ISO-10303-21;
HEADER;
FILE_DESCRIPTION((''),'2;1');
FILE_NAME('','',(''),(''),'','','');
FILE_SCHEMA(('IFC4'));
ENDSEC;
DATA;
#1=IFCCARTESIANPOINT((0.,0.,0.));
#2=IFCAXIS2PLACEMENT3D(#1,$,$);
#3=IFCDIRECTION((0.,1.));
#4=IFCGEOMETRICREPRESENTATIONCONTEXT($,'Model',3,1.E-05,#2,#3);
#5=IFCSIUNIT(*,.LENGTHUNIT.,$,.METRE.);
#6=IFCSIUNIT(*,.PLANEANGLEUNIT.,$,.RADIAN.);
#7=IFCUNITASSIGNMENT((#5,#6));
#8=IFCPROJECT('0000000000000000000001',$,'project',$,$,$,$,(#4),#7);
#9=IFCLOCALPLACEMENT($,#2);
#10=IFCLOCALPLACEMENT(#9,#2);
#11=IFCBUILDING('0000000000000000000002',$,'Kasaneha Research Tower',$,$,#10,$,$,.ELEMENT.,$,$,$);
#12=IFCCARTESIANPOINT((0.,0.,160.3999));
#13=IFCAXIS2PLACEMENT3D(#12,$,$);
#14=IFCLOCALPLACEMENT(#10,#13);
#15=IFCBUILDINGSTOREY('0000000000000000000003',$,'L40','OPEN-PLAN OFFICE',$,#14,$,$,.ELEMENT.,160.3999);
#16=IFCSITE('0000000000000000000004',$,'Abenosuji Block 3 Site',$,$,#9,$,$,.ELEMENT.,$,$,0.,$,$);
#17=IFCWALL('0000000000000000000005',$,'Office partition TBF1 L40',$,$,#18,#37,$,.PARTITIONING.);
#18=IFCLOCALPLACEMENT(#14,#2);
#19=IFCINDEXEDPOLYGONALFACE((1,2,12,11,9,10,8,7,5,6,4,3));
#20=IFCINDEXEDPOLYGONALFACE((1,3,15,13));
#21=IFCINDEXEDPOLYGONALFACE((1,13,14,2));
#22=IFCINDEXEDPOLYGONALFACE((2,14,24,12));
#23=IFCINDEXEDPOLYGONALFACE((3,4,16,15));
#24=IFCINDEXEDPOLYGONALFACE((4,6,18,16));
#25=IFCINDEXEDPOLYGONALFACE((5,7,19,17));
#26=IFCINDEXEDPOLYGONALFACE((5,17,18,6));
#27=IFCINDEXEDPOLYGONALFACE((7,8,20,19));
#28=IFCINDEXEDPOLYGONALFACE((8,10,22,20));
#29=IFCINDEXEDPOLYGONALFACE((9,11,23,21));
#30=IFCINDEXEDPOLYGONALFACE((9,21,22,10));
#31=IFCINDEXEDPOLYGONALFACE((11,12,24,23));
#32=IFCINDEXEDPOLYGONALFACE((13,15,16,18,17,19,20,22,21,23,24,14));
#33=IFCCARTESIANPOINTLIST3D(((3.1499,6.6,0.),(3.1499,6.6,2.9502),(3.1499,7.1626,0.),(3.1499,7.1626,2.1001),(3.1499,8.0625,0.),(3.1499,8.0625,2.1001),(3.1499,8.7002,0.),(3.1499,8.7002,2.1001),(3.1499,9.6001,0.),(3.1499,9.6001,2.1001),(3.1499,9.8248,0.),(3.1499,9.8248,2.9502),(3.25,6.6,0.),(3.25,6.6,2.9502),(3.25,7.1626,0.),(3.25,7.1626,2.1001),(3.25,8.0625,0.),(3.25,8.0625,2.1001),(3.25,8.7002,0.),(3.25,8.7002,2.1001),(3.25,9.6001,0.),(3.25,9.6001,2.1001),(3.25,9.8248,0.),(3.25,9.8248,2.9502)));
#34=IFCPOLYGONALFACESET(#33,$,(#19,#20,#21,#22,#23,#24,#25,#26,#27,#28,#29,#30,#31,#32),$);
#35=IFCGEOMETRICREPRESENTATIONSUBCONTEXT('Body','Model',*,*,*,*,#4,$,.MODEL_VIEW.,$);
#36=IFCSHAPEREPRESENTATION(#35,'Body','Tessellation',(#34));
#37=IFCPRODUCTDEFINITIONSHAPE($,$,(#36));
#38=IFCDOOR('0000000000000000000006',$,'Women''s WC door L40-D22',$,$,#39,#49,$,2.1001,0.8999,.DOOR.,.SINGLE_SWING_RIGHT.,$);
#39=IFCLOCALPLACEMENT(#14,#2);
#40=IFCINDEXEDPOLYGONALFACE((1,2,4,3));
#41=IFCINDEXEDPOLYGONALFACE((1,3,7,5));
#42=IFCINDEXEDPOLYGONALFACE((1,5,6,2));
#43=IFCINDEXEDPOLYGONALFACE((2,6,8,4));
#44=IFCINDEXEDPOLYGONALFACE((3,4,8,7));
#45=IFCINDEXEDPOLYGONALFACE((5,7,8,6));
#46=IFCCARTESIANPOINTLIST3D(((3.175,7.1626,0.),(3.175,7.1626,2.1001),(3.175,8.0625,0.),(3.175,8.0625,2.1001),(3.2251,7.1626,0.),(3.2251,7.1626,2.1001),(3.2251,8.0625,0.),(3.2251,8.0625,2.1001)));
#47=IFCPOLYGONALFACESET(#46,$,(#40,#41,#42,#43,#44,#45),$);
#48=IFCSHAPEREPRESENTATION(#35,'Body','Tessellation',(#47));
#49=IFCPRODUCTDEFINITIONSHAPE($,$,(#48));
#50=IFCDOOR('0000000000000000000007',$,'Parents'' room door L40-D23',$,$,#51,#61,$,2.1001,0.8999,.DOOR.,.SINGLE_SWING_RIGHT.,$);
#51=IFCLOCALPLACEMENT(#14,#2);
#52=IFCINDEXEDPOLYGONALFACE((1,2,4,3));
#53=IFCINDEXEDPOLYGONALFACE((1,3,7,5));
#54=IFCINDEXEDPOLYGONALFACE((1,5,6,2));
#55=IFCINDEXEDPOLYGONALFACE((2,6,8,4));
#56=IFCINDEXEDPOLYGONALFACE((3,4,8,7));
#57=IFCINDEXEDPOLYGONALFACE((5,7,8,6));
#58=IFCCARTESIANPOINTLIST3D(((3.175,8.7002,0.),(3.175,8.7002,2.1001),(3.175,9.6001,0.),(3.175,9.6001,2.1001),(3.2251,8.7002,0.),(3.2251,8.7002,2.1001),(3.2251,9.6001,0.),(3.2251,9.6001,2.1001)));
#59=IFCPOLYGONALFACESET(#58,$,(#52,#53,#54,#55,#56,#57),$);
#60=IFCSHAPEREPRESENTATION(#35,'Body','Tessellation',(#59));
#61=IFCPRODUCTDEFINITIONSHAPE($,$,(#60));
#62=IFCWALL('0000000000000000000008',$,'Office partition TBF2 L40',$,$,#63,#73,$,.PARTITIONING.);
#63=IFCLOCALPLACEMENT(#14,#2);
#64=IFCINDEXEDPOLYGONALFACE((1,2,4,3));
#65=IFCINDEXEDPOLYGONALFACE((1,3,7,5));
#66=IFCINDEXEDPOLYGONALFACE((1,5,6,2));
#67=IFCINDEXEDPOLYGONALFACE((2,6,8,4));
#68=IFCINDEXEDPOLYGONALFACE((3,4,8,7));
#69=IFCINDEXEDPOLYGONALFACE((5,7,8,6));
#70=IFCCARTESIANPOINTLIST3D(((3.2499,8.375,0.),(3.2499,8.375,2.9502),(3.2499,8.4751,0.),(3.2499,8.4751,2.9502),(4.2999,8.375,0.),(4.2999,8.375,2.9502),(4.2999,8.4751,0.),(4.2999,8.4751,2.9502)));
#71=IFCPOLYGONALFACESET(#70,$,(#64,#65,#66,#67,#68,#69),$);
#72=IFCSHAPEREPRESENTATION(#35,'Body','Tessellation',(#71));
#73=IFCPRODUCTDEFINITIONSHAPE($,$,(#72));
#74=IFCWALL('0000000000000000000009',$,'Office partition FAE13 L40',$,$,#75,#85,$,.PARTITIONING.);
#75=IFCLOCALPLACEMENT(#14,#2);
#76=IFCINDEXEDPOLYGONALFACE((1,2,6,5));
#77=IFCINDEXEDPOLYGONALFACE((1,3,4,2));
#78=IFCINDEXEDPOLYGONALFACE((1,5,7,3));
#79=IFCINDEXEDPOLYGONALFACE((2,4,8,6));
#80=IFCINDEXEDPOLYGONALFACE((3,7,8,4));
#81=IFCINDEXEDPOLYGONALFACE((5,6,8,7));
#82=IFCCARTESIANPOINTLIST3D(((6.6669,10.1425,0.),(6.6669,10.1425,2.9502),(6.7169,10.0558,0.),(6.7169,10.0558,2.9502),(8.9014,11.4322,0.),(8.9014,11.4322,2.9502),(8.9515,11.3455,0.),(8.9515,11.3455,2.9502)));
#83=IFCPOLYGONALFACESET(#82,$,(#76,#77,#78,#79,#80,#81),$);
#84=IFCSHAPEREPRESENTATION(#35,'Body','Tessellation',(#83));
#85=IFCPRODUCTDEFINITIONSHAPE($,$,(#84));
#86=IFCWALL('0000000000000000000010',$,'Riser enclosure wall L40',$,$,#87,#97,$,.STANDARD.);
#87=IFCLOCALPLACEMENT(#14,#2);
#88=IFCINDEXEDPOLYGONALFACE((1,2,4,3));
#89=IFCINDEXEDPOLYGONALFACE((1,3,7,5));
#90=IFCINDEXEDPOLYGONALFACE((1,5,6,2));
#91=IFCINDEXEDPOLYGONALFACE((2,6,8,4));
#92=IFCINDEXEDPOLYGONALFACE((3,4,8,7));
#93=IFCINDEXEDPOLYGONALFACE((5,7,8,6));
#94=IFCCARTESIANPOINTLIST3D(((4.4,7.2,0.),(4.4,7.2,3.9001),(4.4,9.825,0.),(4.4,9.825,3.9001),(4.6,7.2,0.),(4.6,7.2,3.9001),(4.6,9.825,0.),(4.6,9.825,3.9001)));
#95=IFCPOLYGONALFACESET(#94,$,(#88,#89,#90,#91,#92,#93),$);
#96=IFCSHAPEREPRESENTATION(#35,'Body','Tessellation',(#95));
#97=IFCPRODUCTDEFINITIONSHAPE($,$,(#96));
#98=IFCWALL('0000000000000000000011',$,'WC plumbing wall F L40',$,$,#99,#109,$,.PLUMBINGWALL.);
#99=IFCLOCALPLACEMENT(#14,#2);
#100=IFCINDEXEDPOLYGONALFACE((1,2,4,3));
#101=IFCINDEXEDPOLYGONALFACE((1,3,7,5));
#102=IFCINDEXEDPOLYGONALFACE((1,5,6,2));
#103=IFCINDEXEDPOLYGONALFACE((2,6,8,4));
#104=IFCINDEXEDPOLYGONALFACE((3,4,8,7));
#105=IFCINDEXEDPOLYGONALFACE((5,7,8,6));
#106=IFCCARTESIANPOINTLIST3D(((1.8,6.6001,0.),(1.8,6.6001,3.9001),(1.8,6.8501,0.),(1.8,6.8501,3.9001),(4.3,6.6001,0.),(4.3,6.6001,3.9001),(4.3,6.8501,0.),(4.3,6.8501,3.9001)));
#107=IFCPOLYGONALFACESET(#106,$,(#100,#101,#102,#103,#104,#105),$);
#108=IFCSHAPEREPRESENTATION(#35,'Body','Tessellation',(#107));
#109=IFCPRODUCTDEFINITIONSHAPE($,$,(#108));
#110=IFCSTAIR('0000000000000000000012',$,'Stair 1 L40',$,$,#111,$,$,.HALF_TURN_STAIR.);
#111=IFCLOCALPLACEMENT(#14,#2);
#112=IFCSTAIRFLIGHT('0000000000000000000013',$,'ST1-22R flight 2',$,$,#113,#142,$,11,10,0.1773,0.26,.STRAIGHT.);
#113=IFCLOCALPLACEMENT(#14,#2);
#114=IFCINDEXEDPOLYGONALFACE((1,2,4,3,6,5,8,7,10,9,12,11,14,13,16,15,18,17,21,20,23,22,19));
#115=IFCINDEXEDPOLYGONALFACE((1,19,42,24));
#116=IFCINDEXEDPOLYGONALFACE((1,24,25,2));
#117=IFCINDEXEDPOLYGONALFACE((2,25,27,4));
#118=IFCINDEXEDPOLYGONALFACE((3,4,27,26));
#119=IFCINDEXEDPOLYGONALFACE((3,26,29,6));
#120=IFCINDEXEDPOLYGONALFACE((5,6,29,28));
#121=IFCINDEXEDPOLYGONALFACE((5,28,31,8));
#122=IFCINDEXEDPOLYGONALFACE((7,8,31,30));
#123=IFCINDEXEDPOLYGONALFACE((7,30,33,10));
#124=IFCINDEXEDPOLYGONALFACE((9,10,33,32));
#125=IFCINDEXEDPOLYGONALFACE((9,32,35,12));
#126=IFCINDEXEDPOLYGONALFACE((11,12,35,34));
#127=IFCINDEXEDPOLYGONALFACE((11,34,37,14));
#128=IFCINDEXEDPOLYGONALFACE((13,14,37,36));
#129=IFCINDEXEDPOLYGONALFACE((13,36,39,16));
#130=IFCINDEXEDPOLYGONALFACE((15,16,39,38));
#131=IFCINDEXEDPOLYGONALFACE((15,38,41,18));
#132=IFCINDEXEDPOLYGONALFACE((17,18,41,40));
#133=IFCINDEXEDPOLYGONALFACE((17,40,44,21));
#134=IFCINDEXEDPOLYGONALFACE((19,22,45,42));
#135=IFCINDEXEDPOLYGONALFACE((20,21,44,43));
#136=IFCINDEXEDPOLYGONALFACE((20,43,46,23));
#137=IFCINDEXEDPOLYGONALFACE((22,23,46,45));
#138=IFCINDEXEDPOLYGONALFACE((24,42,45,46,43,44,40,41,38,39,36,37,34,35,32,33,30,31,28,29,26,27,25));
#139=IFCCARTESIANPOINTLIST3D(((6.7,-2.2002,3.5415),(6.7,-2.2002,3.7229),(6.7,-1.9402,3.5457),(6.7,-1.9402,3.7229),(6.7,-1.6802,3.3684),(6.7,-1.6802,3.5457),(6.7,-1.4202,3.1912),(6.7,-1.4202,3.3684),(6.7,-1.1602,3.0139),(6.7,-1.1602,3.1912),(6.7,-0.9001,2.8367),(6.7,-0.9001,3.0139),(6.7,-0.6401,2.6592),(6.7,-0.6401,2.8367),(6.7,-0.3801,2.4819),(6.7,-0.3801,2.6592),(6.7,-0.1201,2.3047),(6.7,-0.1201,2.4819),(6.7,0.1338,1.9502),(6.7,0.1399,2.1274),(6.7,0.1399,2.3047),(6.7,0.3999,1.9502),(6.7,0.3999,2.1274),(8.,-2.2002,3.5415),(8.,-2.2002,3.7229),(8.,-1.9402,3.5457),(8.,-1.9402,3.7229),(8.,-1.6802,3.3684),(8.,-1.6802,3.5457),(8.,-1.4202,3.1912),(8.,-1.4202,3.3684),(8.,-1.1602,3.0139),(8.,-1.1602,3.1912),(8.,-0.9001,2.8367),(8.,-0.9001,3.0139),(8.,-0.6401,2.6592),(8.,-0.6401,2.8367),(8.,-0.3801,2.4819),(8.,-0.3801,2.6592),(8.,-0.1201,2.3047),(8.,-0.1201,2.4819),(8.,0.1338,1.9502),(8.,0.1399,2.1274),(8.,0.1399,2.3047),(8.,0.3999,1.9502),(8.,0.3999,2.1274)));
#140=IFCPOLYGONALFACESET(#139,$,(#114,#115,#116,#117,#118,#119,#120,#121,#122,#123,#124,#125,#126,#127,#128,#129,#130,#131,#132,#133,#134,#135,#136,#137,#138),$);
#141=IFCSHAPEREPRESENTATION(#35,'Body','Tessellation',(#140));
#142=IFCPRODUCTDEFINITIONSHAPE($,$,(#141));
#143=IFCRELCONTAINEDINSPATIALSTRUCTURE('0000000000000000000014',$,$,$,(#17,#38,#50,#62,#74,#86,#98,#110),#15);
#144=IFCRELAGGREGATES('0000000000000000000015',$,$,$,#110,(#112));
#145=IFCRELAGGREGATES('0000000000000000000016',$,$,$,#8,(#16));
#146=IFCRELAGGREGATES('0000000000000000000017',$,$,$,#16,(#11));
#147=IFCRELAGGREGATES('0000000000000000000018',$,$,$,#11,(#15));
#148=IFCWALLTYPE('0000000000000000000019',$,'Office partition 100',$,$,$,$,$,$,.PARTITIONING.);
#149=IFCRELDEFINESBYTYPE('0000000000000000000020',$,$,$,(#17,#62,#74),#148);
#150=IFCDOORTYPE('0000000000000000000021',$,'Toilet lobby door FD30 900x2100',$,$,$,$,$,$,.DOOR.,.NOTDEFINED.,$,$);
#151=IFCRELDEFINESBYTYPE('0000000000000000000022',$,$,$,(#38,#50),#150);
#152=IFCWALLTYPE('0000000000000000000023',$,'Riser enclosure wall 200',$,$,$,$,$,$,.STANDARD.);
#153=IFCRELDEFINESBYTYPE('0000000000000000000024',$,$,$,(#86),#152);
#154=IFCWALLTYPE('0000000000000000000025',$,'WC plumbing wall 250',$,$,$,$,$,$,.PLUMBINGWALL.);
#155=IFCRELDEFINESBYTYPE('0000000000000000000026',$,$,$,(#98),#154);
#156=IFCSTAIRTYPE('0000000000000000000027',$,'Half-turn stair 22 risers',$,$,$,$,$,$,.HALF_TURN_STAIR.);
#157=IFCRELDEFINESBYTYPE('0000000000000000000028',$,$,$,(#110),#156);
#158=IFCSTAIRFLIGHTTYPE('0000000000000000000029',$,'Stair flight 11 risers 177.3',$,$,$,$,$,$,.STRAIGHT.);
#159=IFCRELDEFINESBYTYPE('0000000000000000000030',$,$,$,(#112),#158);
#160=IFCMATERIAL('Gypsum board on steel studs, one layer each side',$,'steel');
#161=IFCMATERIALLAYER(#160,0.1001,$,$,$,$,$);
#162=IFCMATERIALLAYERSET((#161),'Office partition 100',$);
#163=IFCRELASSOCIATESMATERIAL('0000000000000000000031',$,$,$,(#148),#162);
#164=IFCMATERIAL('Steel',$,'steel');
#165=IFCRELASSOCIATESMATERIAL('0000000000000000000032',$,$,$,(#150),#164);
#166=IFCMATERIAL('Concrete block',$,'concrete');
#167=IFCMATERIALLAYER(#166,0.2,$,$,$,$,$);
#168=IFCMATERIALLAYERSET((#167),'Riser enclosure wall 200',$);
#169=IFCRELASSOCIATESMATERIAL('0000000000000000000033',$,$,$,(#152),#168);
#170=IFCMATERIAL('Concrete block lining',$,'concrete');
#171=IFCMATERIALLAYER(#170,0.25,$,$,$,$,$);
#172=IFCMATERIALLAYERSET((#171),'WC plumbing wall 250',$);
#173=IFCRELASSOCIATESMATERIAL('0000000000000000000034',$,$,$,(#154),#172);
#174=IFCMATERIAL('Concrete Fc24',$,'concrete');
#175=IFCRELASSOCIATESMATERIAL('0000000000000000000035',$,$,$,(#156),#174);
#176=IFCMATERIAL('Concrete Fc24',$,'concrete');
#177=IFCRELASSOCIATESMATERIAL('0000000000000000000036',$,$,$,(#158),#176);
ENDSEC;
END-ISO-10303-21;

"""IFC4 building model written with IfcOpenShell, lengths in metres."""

from ifc_helpers import new_model, si_unit, direction, frame, frame_2d, origin, place, context, subcontext, project, spatial, polyline, rectangle, outline, extrude, material, layer, layer_set, type_object, element, fill, aggregate, save


model = new_model("IFC4")

# Units and contexts
model_context = context("Model", 3, precision=1e-05, world=origin(), true_north=direction((0.0, 1.0)))
body_context = subcontext(model_context, "Body", "Model", "MODEL_VIEW")
ifc_project = project(units=[si_unit("LENGTHUNIT", "METRE"), si_unit("PLANEANGLEUNIT", "RADIAN")], contexts=[model_context])

# Site, building, storey
site_placement = place(None, origin())
site = spatial("IfcSite", under=ifc_project, at=site_placement, Name="Abenosuji Block 3 Site", CompositionType="ELEMENT", RefElevation=0.0)
building_placement = place(site_placement, origin())
building = spatial("IfcBuilding", under=site, at=building_placement, Name="Kasaneha Research Tower", CompositionType="ELEMENT")
storey_placement = place(building_placement, frame((0.0, 0.0, 160.3999)))
storey = spatial("IfcBuildingStorey", under=building, at=storey_placement, Name="L40", Description="OPEN-PLAN OFFICE", CompositionType="ELEMENT", Elevation=160.3999)

# Wall, openings, doors
ifc_material_1 = material(Name="Gypsum board on steel studs, one layer each side", Category="steel")
ifc_layer_1 = layer(ifc_material_1, 0.1001)
ifc_layer_set_1 = layer_set([ifc_layer_1], Name="Office partition 100")
wall_type_1 = type_object("IfcWallType", Name="Office partition 100", PredefinedType="PARTITIONING", material=ifc_layer_set_1)
wall_1_placement = place(storey_placement, frame((3.2, 6.6001, 0.0), z_axis=(0.0, 0.0, 1.0), x_axis=(0.0, 1.0, 0.0)))
wall_1 = element("IfcWall", 1, at=wall_1_placement, inside=storey, type_object=wall_type_1, Name="Office partition TBF1 L40", PredefinedType="PARTITIONING", context=body_context, shape_type="SweptSolid", body=[
    extrude(rectangle(XDim=3.2249, YDim=0.1001, at=frame_2d((1.6123, 0.0))), origin(), (0.0, 0.0, 1.0), 2.9502),
])
opening_1_placement = place(wall_1_placement, frame((0.5625, 0.0, 0.0)))
opening_1 = element("IfcOpeningElement", 2, at=opening_1_placement, cuts=wall_1, PredefinedType="OPENING", context=body_context, shape_type="SweptSolid", body=[
    extrude(rectangle(XDim=0.8999, YDim=2.1001, at=frame_2d((0.45, 1.05))), frame((0.0, 0.0601, 0.0), z_axis=(0.0, -1.0, 0.0), x_axis=(1.0, 0.0, 0.0)), (0.0, 0.0, 1.0), 0.1201),
])
opening_2_placement = place(wall_1_placement, frame((2.1001, 0.0, 0.0)))
opening_2 = element("IfcOpeningElement", 3, at=opening_2_placement, cuts=wall_1, PredefinedType="OPENING", context=body_context, shape_type="SweptSolid", body=[
    extrude(rectangle(XDim=0.8999, YDim=2.1001, at=frame_2d((0.45, 1.05))), frame((0.0, 0.0601, 0.0), z_axis=(0.0, -1.0, 0.0), x_axis=(1.0, 0.0, 0.0)), (0.0, 0.0, 1.0), 0.1201),
])
ifc_material_2 = material(Name="Steel", Category="steel")
door_type_1 = type_object("IfcDoorType", Name="Toilet lobby door FD30 900x2100", OperationType="NOTDEFINED", PredefinedType="DOOR", material=ifc_material_2)
door_1_placement = place(opening_1_placement, origin())
door_1 = element("IfcDoor", 4, at=door_1_placement, inside=storey, type_object=door_type_1, Name="Women's WC door L40-D22", OperationType="SINGLE_SWING_RIGHT", OverallHeight=2.1001, OverallWidth=0.8999, PredefinedType="DOOR", context=body_context, shape_type="SweptSolid", body=[
    extrude(rectangle(XDim=0.8999, YDim=2.1001, at=frame_2d((0.45, 1.05))), frame((0.0, 0.0249, 0.0), z_axis=(0.0, -1.0, 0.0), x_axis=(1.0, 0.0, 0.0)), (0.0, 0.0, 1.0), 0.05),
])
fill(opening_1, door_1)
door_2_placement = place(opening_2_placement, origin())
door_2 = element("IfcDoor", 5, at=door_2_placement, inside=storey, type_object=door_type_1, Name="Parents' room door L40-D23", OperationType="SINGLE_SWING_RIGHT", OverallHeight=2.1001, OverallWidth=0.8999, PredefinedType="DOOR", context=body_context, shape_type="SweptSolid", body=[
    extrude(rectangle(XDim=0.8999, YDim=2.1001, at=frame_2d((0.45, 1.05))), frame((0.0, 0.0249, 0.0), z_axis=(0.0, -1.0, 0.0), x_axis=(1.0, 0.0, 0.0)), (0.0, 0.0, 1.0), 0.05),
])
fill(opening_2, door_2)

# Walls
wall_2_placement = place(storey_placement, frame((3.25, 8.425, 0.0), z_axis=(0.0, 0.0, 1.0), x_axis=(1.0, 0.0, 0.0)))
element("IfcWall", 6, at=wall_2_placement, inside=storey, type_object=wall_type_1, Name="Office partition TBF2 L40", PredefinedType="PARTITIONING", context=body_context, shape_type="SweptSolid", body=[
    extrude(rectangle(XDim=1.05, YDim=0.1001, at=frame_2d((0.5249, 0.0))), origin(), (0.0, 0.0, 1.0), 2.9502),
])
wall_3_placement = place(storey_placement, frame((6.6919, 10.0991, 0.0), z_axis=(0.0, 0.0, 1.0), x_axis=(0.866086, 0.499894, 0.0)))
element("IfcWall", 7, at=wall_3_placement, inside=storey, type_object=wall_type_1, Name="Office partition FAE13 L40", PredefinedType="PARTITIONING", context=body_context, shape_type="SweptSolid", body=[
    extrude(rectangle(XDim=2.5801, YDim=0.1001, at=frame_2d((1.29, 0.0))), origin(), (0.0, 0.0, 1.0), 2.9502),
])
ifc_material_3 = material(Name="Concrete block", Category="concrete")
ifc_layer_2 = layer(ifc_material_3, 0.2)
ifc_layer_set_2 = layer_set([ifc_layer_2], Name="Riser enclosure wall 200")
wall_type_2 = type_object("IfcWallType", Name="Riser enclosure wall 200", PredefinedType="STANDARD", material=ifc_layer_set_2)
wall_4_placement = place(storey_placement, frame((4.5, 7.2, 0.0), z_axis=(0.0, 0.0, 1.0), x_axis=(0.0, 1.0, 0.0)))
element("IfcWall", 8, at=wall_4_placement, inside=storey, type_object=wall_type_2, Name="Riser enclosure wall L40", PredefinedType="STANDARD", context=body_context, shape_type="SweptSolid", body=[
    extrude(rectangle(XDim=2.625, YDim=0.2, at=frame_2d((1.3125, 0.0))), origin(), (0.0, 0.0, 1.0), 3.9001),
])
ifc_material_4 = material(Name="Concrete block lining", Category="concrete")
ifc_layer_3 = layer(ifc_material_4, 0.25)
ifc_layer_set_3 = layer_set([ifc_layer_3], Name="WC plumbing wall 250")
wall_type_3 = type_object("IfcWallType", Name="WC plumbing wall 250", PredefinedType="PLUMBINGWALL", material=ifc_layer_set_3)
wall_5_placement = place(storey_placement, frame((1.8, 6.7251, 0.0), z_axis=(0.0, 0.0, 1.0), x_axis=(1.0, 0.0, 0.0)))
element("IfcWall", 9, at=wall_5_placement, inside=storey, type_object=wall_type_3, Name="WC plumbing wall F L40", PredefinedType="PLUMBINGWALL", context=body_context, shape_type="SweptSolid", body=[
    extrude(rectangle(XDim=2.5, YDim=0.25, at=frame_2d((1.25, 0.0))), origin(), (0.0, 0.0, 1.0), 3.9001),
])

# Stair, stair flight
ifc_material_5 = material(Name="Concrete Fc24", Category="concrete")
stair_type = type_object("IfcStairType", Name="Half-turn stair 22 risers", PredefinedType="HALF_TURN_STAIR", material=ifc_material_5)
stair_placement = place(storey_placement, origin())
stair = element("IfcStair", 10, at=stair_placement, inside=storey, type_object=stair_type, Name="Stair 1 L40", PredefinedType="HALF_TURN_STAIR")
ifc_material_6 = material(Name="Concrete Fc24", Category="concrete")
stair_flight_type = type_object("IfcStairFlightType", Name="Stair flight 11 risers 177.3", PredefinedType="STRAIGHT", material=ifc_material_6)
stair_flight_placement = place(storey_placement, frame((7.3501, 0.3999, 1.9502), z_axis=(0.0, 0.0, 1.0), x_axis=(0.0, -1.0, 0.0)))
stair_flight = element("IfcStairFlight", 11, at=stair_flight_placement, type_object=stair_flight_type, Name="ST1-22R flight 2", NumberOfRisers=11, NumberOfTreads=10, PredefinedType="STRAIGHT", RiserHeight=0.1773, TreadLength=0.26, context=body_context, shape_type="SweptSolid", body=[
    extrude(outline(polyline([(0.0, 0.0), (0.0, 0.1772), (0.26, 0.1772), (0.26, 0.3545), (0.52, 0.3545), (0.52, 0.5317), (0.78, 0.5317), (0.78, 0.709), (1.04, 0.709), (1.04, 0.8865), (1.3, 0.8865), (1.3, 1.0637), (1.5601, 1.0637), (1.5601, 1.241), (1.8201, 1.241), (1.8201, 1.4182), (2.0801, 1.4182), (2.0801, 1.5955), (2.3401, 1.5955), (2.3401, 1.7727), (2.6001, 1.7727), (2.6001, 1.95), (2.6001, 1.5913), (0.2661, 0.0), (0.0, 0.0)])), frame((0.0, 0.6499, 0.0), z_axis=(0.0, -1.0, 0.0), x_axis=(1.0, 0.0, 0.0)), (0.0, 0.0, 1.0), 1.3),
])
aggregate(stair, [stair_flight])

save(model, "model.ifc")
